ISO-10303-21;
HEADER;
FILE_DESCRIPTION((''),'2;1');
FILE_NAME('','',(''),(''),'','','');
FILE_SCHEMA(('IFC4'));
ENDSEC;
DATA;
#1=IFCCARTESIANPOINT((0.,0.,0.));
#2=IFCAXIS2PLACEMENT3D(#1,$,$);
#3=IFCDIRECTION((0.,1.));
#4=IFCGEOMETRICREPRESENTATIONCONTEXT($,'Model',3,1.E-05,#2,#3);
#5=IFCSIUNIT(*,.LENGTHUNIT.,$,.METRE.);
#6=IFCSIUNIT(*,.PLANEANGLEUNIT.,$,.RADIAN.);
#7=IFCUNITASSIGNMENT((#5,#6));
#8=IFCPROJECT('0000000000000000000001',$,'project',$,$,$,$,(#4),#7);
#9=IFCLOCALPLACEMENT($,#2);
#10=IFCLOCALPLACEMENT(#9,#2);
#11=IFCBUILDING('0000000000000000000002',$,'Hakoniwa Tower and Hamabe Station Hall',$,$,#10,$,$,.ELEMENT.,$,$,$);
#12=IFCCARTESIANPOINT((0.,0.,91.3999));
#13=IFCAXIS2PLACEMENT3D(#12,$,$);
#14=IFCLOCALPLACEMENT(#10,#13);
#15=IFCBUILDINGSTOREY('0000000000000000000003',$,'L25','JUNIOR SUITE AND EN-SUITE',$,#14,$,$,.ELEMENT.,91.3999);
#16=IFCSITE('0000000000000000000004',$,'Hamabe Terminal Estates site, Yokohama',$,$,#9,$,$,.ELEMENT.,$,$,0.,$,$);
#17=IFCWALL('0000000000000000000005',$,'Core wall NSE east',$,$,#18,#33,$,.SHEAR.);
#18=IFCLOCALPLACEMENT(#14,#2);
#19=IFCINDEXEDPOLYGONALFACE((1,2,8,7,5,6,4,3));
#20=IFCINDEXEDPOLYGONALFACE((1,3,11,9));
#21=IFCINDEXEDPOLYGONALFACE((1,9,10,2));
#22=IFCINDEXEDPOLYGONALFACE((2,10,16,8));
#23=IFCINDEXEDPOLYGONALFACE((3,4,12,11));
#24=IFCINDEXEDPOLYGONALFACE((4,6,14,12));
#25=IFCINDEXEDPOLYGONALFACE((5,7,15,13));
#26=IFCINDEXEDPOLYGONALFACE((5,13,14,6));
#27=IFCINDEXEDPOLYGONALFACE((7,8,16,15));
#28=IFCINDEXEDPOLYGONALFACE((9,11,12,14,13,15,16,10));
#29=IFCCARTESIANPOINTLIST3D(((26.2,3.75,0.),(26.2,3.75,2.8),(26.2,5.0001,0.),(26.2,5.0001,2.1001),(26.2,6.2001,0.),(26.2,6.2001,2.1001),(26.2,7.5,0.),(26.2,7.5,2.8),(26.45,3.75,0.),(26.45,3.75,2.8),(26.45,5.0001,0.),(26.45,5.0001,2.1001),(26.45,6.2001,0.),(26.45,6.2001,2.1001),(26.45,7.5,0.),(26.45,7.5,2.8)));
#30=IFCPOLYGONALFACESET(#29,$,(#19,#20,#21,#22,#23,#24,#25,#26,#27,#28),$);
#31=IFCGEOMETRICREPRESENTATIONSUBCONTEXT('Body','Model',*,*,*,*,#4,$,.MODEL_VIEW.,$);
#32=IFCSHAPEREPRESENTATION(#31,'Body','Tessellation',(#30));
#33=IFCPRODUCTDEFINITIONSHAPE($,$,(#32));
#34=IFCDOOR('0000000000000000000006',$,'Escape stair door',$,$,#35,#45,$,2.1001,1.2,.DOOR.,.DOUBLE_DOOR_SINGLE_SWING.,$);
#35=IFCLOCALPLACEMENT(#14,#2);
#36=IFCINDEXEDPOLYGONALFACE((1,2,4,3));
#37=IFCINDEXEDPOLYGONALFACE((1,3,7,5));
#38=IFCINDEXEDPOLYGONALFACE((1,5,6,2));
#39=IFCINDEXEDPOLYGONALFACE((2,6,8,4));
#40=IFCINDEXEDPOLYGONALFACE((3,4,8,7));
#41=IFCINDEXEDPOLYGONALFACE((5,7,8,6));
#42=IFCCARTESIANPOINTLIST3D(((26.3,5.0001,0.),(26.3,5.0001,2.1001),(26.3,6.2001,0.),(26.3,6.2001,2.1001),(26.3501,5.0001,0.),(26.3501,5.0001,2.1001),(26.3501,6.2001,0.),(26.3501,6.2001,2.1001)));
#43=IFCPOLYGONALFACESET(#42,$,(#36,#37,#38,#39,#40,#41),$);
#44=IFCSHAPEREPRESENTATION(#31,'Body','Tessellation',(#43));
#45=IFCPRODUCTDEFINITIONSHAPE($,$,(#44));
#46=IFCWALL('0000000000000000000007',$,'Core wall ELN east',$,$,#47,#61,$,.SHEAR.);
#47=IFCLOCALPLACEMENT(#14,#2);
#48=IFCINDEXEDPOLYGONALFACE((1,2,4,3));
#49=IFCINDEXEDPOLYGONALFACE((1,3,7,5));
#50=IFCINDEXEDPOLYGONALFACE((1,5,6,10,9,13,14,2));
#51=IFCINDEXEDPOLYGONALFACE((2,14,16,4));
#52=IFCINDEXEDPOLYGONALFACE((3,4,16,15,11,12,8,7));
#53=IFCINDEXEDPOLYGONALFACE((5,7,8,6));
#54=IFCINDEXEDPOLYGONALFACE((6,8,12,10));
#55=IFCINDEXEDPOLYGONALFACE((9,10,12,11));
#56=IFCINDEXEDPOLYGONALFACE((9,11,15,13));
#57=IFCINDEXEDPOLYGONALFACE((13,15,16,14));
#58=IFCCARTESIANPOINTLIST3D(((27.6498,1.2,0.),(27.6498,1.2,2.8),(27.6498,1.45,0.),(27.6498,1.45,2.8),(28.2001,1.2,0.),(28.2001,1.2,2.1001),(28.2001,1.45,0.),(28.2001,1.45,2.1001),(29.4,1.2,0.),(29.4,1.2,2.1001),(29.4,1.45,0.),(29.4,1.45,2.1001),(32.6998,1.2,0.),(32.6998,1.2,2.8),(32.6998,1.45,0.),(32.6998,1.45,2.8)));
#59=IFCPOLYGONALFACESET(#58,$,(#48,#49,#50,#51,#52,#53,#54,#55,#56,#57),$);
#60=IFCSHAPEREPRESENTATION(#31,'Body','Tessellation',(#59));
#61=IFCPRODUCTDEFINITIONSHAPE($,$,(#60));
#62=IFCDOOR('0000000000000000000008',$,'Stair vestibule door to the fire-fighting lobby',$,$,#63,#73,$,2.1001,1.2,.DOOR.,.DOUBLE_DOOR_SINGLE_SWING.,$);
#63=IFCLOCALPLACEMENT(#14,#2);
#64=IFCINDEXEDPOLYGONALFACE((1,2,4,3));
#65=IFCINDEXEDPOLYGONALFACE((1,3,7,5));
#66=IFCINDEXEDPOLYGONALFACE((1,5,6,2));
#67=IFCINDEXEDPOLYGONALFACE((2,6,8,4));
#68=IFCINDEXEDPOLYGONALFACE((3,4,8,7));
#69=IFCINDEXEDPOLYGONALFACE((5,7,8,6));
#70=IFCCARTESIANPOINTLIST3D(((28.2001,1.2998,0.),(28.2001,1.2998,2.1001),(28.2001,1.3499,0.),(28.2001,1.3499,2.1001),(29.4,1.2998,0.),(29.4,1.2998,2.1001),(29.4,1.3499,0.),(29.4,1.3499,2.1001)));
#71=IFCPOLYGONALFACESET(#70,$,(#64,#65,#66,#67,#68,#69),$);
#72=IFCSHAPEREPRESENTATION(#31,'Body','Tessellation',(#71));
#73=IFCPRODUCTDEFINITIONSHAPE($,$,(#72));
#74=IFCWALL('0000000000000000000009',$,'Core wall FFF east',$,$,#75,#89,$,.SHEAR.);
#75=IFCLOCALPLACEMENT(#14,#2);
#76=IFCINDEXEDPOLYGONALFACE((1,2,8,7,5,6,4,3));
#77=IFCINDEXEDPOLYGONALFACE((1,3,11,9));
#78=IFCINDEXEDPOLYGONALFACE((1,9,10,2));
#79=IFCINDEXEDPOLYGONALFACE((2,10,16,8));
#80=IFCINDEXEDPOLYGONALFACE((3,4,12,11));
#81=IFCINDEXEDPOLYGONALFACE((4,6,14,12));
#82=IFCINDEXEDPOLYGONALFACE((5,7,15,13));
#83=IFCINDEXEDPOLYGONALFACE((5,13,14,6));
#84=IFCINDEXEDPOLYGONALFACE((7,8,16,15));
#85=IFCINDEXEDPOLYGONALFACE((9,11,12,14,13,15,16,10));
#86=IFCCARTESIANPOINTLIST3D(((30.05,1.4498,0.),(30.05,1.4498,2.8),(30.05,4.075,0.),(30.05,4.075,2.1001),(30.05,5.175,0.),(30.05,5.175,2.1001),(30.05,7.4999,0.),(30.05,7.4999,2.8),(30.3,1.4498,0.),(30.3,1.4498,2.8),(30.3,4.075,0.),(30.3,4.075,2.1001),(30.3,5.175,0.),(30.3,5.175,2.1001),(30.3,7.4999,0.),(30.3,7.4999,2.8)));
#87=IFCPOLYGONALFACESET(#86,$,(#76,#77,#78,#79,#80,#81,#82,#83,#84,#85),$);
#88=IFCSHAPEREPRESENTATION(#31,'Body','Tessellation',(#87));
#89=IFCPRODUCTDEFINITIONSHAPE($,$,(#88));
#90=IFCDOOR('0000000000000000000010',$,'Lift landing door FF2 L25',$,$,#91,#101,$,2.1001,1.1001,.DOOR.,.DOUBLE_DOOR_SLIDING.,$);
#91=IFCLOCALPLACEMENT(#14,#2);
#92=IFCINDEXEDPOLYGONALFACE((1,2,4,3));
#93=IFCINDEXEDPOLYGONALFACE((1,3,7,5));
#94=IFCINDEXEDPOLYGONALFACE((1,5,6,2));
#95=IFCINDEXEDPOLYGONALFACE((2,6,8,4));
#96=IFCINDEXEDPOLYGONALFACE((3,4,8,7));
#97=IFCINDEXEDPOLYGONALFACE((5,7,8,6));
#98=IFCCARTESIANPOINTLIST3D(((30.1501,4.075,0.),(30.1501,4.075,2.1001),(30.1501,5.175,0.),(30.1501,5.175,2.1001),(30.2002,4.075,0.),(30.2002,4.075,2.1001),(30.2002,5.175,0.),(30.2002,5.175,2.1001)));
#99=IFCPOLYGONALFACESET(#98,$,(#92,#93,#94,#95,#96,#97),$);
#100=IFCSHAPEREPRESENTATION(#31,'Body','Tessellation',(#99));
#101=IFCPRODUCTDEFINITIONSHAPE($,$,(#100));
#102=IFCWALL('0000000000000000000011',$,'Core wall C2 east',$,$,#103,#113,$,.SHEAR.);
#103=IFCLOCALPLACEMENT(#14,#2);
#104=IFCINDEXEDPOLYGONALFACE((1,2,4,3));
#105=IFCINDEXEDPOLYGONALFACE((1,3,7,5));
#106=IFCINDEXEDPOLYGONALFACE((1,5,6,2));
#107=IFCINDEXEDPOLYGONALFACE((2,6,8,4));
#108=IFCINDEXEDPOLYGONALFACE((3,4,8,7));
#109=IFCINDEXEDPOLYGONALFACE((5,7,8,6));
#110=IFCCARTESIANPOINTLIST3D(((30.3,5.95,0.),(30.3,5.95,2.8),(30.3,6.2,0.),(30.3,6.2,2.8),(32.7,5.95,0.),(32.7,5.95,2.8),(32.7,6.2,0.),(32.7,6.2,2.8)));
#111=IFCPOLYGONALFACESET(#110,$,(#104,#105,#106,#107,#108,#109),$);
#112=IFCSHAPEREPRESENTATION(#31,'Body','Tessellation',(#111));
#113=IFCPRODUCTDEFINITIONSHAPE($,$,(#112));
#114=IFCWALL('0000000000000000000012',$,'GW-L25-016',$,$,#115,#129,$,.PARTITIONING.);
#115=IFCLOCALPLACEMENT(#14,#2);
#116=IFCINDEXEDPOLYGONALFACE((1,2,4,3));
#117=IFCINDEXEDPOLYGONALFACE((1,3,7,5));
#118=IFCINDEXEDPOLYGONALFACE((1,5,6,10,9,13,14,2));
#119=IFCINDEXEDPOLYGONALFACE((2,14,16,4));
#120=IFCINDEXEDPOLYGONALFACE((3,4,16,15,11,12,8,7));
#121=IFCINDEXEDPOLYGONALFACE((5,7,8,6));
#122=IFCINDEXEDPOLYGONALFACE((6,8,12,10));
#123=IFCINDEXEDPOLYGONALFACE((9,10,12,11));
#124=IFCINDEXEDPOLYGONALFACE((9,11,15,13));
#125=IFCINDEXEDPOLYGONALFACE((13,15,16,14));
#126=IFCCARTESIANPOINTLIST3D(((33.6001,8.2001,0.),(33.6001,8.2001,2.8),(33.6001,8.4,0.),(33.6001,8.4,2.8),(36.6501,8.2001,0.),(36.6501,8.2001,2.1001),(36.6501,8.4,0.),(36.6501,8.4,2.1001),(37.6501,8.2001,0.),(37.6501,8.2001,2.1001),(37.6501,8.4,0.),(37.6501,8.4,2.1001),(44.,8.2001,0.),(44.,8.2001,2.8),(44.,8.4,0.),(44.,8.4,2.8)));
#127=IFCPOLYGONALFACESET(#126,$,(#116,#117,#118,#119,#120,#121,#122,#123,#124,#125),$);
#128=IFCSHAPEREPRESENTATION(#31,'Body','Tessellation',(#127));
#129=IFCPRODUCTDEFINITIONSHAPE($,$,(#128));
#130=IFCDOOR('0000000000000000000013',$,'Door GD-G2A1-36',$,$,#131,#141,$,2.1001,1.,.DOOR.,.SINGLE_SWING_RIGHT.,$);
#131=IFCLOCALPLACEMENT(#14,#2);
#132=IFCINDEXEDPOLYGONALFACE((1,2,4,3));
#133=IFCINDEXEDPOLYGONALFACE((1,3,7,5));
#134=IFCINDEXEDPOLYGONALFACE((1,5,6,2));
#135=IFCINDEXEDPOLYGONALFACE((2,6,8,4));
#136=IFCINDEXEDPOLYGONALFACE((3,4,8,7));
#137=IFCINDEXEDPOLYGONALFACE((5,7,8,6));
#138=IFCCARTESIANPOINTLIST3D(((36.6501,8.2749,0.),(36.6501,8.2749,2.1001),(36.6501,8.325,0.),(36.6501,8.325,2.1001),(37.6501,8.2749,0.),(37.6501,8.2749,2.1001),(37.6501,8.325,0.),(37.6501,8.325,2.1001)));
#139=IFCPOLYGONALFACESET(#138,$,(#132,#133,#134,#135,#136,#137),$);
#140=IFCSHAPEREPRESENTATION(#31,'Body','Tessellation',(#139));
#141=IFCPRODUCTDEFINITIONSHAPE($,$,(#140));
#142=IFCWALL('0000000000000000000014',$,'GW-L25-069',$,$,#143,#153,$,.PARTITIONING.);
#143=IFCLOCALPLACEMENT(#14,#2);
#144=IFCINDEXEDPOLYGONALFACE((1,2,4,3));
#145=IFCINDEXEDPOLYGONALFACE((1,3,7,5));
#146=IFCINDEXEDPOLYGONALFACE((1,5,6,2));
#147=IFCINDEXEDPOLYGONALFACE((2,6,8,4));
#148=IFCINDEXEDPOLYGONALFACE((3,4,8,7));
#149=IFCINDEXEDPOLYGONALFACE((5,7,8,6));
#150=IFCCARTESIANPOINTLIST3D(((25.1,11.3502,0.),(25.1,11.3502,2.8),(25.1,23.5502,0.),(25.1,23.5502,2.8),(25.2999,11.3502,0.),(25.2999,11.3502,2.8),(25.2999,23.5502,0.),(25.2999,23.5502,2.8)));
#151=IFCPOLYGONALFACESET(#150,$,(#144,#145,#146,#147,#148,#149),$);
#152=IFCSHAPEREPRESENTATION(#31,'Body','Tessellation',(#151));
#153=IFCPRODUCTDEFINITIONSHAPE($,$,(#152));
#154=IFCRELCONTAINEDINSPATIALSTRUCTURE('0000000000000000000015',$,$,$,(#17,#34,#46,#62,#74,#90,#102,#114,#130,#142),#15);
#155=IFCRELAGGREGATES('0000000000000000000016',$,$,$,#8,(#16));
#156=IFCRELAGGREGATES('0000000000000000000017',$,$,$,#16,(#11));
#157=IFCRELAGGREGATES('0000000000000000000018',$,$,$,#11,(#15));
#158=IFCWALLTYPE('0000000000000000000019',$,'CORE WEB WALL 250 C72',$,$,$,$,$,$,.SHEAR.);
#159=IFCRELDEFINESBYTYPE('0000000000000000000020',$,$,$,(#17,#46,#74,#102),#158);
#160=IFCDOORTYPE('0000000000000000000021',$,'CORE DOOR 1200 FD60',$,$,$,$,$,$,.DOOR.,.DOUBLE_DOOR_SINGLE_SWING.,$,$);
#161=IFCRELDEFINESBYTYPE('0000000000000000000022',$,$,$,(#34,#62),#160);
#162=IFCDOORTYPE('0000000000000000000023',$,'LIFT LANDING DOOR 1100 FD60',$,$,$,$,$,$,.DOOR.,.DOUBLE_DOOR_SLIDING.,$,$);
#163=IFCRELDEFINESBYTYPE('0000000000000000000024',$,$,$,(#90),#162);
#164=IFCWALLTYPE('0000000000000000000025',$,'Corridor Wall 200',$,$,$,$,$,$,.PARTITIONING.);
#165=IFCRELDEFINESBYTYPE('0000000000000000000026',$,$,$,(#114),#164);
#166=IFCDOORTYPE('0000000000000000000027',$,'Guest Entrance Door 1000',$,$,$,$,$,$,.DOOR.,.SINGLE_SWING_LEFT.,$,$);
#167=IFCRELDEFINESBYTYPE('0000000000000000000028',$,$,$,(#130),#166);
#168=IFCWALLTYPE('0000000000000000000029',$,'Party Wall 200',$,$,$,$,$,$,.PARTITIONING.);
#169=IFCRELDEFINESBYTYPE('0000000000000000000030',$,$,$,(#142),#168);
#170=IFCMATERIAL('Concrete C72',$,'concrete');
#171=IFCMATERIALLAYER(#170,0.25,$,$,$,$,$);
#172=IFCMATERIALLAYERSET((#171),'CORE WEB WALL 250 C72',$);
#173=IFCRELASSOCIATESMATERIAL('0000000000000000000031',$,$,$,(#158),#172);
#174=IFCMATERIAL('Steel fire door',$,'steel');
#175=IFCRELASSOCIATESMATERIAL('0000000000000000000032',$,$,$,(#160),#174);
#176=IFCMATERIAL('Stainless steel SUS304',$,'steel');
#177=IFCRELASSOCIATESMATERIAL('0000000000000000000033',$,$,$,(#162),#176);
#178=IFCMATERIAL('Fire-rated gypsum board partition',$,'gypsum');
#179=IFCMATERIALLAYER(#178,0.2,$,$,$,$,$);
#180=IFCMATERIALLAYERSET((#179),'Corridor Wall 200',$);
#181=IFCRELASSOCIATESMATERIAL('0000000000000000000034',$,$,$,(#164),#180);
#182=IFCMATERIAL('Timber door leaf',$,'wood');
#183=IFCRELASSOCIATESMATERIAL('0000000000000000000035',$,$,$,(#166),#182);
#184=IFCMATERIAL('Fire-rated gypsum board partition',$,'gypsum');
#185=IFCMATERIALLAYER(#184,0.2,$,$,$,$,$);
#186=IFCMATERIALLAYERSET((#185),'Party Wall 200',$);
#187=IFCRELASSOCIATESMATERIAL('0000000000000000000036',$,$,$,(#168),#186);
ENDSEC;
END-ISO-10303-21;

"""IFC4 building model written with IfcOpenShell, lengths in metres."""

from ifc_helpers import new_model, si_unit, direction, frame, frame_2d, origin, place, context, subcontext, project, spatial, rectangle, extrude, material, layer, layer_set, type_object, element, fill, save


model = new_model("IFC4")

# Units and contexts
model_context = context("Model", 3, precision=1e-05, world=origin(), true_north=direction((0.0, 1.0)))
body_context = subcontext(model_context, "Body", "Model", "MODEL_VIEW")
ifc_project = project(units=[si_unit("LENGTHUNIT", "METRE"), si_unit("PLANEANGLEUNIT", "RADIAN")], contexts=[model_context])

# Site, building, storey
site_placement = place(None, origin())
site = spatial("IfcSite", under=ifc_project, at=site_placement, Name="Hamabe Terminal Estates site, Yokohama", CompositionType="ELEMENT", RefElevation=0.0)
building_placement = place(site_placement, origin())
building = spatial("IfcBuilding", under=site, at=building_placement, Name="Hakoniwa Tower and Hamabe Station Hall", CompositionType="ELEMENT")
storey_placement = place(building_placement, frame((0.0, 0.0, 91.3999)))
storey = spatial("IfcBuildingStorey", under=building, at=storey_placement, Name="L25", Description="JUNIOR SUITE AND EN-SUITE", CompositionType="ELEMENT", Elevation=91.3999)

# Shared definitions
ifc_material_1 = material(Name="Concrete C72", Category="concrete")
ifc_layer_1 = layer(ifc_material_1, 0.25)
ifc_layer_set_1 = layer_set([ifc_layer_1], Name="CORE WEB WALL 250 C72")
wall_type_1 = type_object("IfcWallType", Name="CORE WEB WALL 250 C72", PredefinedType="SHEAR", material=ifc_layer_set_1)

# Walls, openings, doors
wall_1_placement = place(storey_placement, frame((26.325, 3.75, 0.0), z_axis=(0.0, 0.0, 1.0), x_axis=(0.0, 1.0, 0.0)))
wall_1 = element("IfcWall", 1, at=wall_1_placement, inside=storey, type_object=wall_type_1, Name="Core wall NSE east", PredefinedType="SHEAR", context=body_context, shape_type="SweptSolid", body=[
    extrude(rectangle(XDim=3.75, YDim=0.25, at=frame_2d((1.875, 0.0))), origin(), (0.0, 0.0, 1.0), 2.8),
])
opening_1_placement = place(wall_1_placement, frame((1.25, 0.0, 0.0)))
opening_1 = element("IfcOpeningElement", 2, at=opening_1_placement, cuts=wall_1, PredefinedType="OPENING", context=body_context, shape_type="SweptSolid", body=[
    extrude(rectangle(XDim=1.2, YDim=2.1001, at=frame_2d((0.6001, 1.05))), frame((0.0, 0.135, 0.0), z_axis=(0.0, -1.0, 0.0), x_axis=(1.0, 0.0, 0.0)), (0.0, 0.0, 1.0), 0.27),
])
ifc_material_2 = material(Name="Steel fire door", Category="steel")
door_type_1 = type_object("IfcDoorType", Name="CORE DOOR 1200 FD60", OperationType="DOUBLE_DOOR_SINGLE_SWING", PredefinedType="DOOR", material=ifc_material_2)
door_1_placement = place(opening_1_placement, origin())
door_1 = element("IfcDoor", 3, at=door_1_placement, inside=storey, type_object=door_type_1, Name="Escape stair door", OperationType="DOUBLE_DOOR_SINGLE_SWING", OverallHeight=2.1001, OverallWidth=1.2, PredefinedType="DOOR", context=body_context, shape_type="SweptSolid", body=[
    extrude(rectangle(XDim=1.2, YDim=2.1001, at=frame_2d((0.6001, 1.05))), frame((0.0, 0.0249, 0.0), z_axis=(0.0, -1.0, 0.0), x_axis=(1.0, 0.0, 0.0)), (0.0, 0.0, 1.0), 0.05),
])
fill(opening_1, door_1)
wall_2_placement = place(storey_placement, frame((27.6499, 1.325, 0.0), z_axis=(0.0, 0.0, 1.0), x_axis=(1.0, 0.0, 0.0)))
wall_2 = element("IfcWall", 4, at=wall_2_placement, inside=storey, type_object=wall_type_1, Name="Core wall ELN east", PredefinedType="SHEAR", context=body_context, shape_type="SweptSolid", body=[
    extrude(rectangle(XDim=5.05, YDim=0.25, at=frame_2d((2.5249, 0.0))), origin(), (0.0, 0.0, 1.0), 2.8),
])
opening_2_placement = place(wall_2_placement, frame((0.55, 0.0, 0.0)))
opening_2 = element("IfcOpeningElement", 5, at=opening_2_placement, cuts=wall_2, PredefinedType="OPENING", context=body_context, shape_type="SweptSolid", body=[
    extrude(rectangle(XDim=1.2, YDim=2.1001, at=frame_2d((0.6001, 1.05))), frame((0.0, 0.135, 0.0), z_axis=(0.0, -1.0, 0.0), x_axis=(1.0, 0.0, 0.0)), (0.0, 0.0, 1.0), 0.27),
])
door_2_placement = place(opening_2_placement, origin())
door_2 = element("IfcDoor", 6, at=door_2_placement, inside=storey, type_object=door_type_1, Name="Stair vestibule door to the fire-fighting lobby", OperationType="DOUBLE_DOOR_SINGLE_SWING", OverallHeight=2.1001, OverallWidth=1.2, PredefinedType="DOOR", context=body_context, shape_type="SweptSolid", body=[
    extrude(rectangle(XDim=1.2, YDim=2.1001, at=frame_2d((0.6001, 1.05))), frame((0.0, 0.0249, 0.0), z_axis=(0.0, -1.0, 0.0), x_axis=(1.0, 0.0, 0.0)), (0.0, 0.0, 1.0), 0.05),
])
fill(opening_2, door_2)
wall_3_placement = place(storey_placement, frame((30.175, 1.45, 0.0), z_axis=(0.0, 0.0, 1.0), x_axis=(0.0, 1.0, 0.0)))
wall_3 = element("IfcWall", 7, at=wall_3_placement, inside=storey, type_object=wall_type_1, Name="Core wall FFF east", PredefinedType="SHEAR", context=body_context, shape_type="SweptSolid", body=[
    extrude(rectangle(XDim=6.05, YDim=0.25, at=frame_2d((3.0249, 0.0))), origin(), (0.0, 0.0, 1.0), 2.8),
])
opening_3_placement = place(wall_3_placement, frame((2.625, 0.0, 0.0)))
opening_3 = element("IfcOpeningElement", 8, at=opening_3_placement, cuts=wall_3, PredefinedType="OPENING", context=body_context, shape_type="SweptSolid", body=[
    extrude(rectangle(XDim=1.1001, YDim=2.1001, at=frame_2d((0.55, 1.05))), frame((0.0, 0.135, 0.0), z_axis=(0.0, -1.0, 0.0), x_axis=(1.0, 0.0, 0.0)), (0.0, 0.0, 1.0), 0.27),
])
ifc_material_3 = material(Name="Stainless steel SUS304", Category="steel")
door_type_2 = type_object("IfcDoorType", Name="LIFT LANDING DOOR 1100 FD60", OperationType="DOUBLE_DOOR_SLIDING", PredefinedType="DOOR", material=ifc_material_3)
door_3_placement = place(opening_3_placement, origin())
door_3 = element("IfcDoor", 9, at=door_3_placement, inside=storey, type_object=door_type_2, Name="Lift landing door FF2 L25", OperationType="DOUBLE_DOOR_SLIDING", OverallHeight=2.1001, OverallWidth=1.1001, PredefinedType="DOOR", context=body_context, shape_type="SweptSolid", body=[
    extrude(rectangle(XDim=1.1001, YDim=2.1001, at=frame_2d((0.55, 1.05))), frame((0.0, 0.0249, 0.0), z_axis=(0.0, -1.0, 0.0), x_axis=(1.0, 0.0, 0.0)), (0.0, 0.0, 1.0), 0.05),
])
fill(opening_3, door_3)

# Wall
wall_4_placement = place(storey_placement, frame((30.3, 6.075, 0.0), z_axis=(0.0, 0.0, 1.0), x_axis=(1.0, 0.0, 0.0)))
element("IfcWall", 10, at=wall_4_placement, inside=storey, type_object=wall_type_1, Name="Core wall C2 east", PredefinedType="SHEAR", context=body_context, shape_type="SweptSolid", body=[
    extrude(rectangle(XDim=2.3999, YDim=0.25, at=frame_2d((1.2, 0.0))), origin(), (0.0, 0.0, 1.0), 2.8),
])

# Wall, opening, door
ifc_material_4 = material(Name="Fire-rated gypsum board partition", Category="gypsum")
ifc_layer_2 = layer(ifc_material_4, 0.2)
ifc_layer_set_2 = layer_set([ifc_layer_2], Name="Corridor Wall 200")
wall_type_2 = type_object("IfcWallType", Name="Corridor Wall 200", PredefinedType="PARTITIONING", material=ifc_layer_set_2)
wall_5_placement = place(storey_placement, frame((33.6001, 8.3, 0.0), z_axis=(0.0, 0.0, 1.0), x_axis=(1.0, 0.0, 0.0)))
wall_5 = element("IfcWall", 11, at=wall_5_placement, inside=storey, type_object=wall_type_2, Name="GW-L25-016", PredefinedType="PARTITIONING", context=body_context, shape_type="SweptSolid", body=[
    extrude(rectangle(XDim=10.3999, YDim=0.2, at=frame_2d((5.2, 0.0))), origin(), (0.0, 0.0, 1.0), 2.8),
])
opening_4_placement = place(wall_5_placement, frame((3.05, 0.0, 0.0)))
opening_4 = element("IfcOpeningElement", 12, at=opening_4_placement, cuts=wall_5, PredefinedType="OPENING", context=body_context, shape_type="SweptSolid", body=[
    extrude(rectangle(XDim=1.0, YDim=2.1001, at=frame_2d((0.5, 1.05))), frame((0.0, 0.1099, 0.0), z_axis=(0.0, -1.0, 0.0), x_axis=(1.0, 0.0, 0.0)), (0.0, 0.0, 1.0), 0.22),
])
ifc_material_5 = material(Name="Timber door leaf", Category="wood")
door_type_3 = type_object("IfcDoorType", Name="Guest Entrance Door 1000", OperationType="SINGLE_SWING_LEFT", PredefinedType="DOOR", material=ifc_material_5)
door_4_placement = place(opening_4_placement, origin())
door_4 = element("IfcDoor", 13, at=door_4_placement, inside=storey, type_object=door_type_3, Name="Door GD-G2A1-36", OperationType="SINGLE_SWING_RIGHT", OverallHeight=2.1001, OverallWidth=1.0, PredefinedType="DOOR", context=body_context, shape_type="SweptSolid", body=[
    extrude(rectangle(XDim=1.0, YDim=2.1001, at=frame_2d((0.5, 1.05))), frame((0.0, 0.0249, 0.0), z_axis=(0.0, -1.0, 0.0), x_axis=(1.0, 0.0, 0.0)), (0.0, 0.0, 1.0), 0.05),
])
fill(opening_4, door_4)

# Wall
ifc_material_6 = material(Name="Fire-rated gypsum board partition", Category="gypsum")
ifc_layer_3 = layer(ifc_material_6, 0.2)
ifc_layer_set_3 = layer_set([ifc_layer_3], Name="Party Wall 200")
wall_type_3 = type_object("IfcWallType", Name="Party Wall 200", PredefinedType="PARTITIONING", material=ifc_layer_set_3)
wall_6_placement = place(storey_placement, frame((25.2, 11.3501, 0.0), z_axis=(0.0, 0.0, 1.0), x_axis=(0.0, 1.0, 0.0)))
element("IfcWall", 14, at=wall_6_placement, inside=storey, type_object=wall_type_3, Name="GW-L25-069", PredefinedType="PARTITIONING", context=body_context, shape_type="SweptSolid", body=[
    extrude(rectangle(XDim=12.2, YDim=0.2, at=frame_2d((6.1001, 0.0))), origin(), (0.0, 0.0, 1.0), 2.8),
])

save(model, "model.ifc")
